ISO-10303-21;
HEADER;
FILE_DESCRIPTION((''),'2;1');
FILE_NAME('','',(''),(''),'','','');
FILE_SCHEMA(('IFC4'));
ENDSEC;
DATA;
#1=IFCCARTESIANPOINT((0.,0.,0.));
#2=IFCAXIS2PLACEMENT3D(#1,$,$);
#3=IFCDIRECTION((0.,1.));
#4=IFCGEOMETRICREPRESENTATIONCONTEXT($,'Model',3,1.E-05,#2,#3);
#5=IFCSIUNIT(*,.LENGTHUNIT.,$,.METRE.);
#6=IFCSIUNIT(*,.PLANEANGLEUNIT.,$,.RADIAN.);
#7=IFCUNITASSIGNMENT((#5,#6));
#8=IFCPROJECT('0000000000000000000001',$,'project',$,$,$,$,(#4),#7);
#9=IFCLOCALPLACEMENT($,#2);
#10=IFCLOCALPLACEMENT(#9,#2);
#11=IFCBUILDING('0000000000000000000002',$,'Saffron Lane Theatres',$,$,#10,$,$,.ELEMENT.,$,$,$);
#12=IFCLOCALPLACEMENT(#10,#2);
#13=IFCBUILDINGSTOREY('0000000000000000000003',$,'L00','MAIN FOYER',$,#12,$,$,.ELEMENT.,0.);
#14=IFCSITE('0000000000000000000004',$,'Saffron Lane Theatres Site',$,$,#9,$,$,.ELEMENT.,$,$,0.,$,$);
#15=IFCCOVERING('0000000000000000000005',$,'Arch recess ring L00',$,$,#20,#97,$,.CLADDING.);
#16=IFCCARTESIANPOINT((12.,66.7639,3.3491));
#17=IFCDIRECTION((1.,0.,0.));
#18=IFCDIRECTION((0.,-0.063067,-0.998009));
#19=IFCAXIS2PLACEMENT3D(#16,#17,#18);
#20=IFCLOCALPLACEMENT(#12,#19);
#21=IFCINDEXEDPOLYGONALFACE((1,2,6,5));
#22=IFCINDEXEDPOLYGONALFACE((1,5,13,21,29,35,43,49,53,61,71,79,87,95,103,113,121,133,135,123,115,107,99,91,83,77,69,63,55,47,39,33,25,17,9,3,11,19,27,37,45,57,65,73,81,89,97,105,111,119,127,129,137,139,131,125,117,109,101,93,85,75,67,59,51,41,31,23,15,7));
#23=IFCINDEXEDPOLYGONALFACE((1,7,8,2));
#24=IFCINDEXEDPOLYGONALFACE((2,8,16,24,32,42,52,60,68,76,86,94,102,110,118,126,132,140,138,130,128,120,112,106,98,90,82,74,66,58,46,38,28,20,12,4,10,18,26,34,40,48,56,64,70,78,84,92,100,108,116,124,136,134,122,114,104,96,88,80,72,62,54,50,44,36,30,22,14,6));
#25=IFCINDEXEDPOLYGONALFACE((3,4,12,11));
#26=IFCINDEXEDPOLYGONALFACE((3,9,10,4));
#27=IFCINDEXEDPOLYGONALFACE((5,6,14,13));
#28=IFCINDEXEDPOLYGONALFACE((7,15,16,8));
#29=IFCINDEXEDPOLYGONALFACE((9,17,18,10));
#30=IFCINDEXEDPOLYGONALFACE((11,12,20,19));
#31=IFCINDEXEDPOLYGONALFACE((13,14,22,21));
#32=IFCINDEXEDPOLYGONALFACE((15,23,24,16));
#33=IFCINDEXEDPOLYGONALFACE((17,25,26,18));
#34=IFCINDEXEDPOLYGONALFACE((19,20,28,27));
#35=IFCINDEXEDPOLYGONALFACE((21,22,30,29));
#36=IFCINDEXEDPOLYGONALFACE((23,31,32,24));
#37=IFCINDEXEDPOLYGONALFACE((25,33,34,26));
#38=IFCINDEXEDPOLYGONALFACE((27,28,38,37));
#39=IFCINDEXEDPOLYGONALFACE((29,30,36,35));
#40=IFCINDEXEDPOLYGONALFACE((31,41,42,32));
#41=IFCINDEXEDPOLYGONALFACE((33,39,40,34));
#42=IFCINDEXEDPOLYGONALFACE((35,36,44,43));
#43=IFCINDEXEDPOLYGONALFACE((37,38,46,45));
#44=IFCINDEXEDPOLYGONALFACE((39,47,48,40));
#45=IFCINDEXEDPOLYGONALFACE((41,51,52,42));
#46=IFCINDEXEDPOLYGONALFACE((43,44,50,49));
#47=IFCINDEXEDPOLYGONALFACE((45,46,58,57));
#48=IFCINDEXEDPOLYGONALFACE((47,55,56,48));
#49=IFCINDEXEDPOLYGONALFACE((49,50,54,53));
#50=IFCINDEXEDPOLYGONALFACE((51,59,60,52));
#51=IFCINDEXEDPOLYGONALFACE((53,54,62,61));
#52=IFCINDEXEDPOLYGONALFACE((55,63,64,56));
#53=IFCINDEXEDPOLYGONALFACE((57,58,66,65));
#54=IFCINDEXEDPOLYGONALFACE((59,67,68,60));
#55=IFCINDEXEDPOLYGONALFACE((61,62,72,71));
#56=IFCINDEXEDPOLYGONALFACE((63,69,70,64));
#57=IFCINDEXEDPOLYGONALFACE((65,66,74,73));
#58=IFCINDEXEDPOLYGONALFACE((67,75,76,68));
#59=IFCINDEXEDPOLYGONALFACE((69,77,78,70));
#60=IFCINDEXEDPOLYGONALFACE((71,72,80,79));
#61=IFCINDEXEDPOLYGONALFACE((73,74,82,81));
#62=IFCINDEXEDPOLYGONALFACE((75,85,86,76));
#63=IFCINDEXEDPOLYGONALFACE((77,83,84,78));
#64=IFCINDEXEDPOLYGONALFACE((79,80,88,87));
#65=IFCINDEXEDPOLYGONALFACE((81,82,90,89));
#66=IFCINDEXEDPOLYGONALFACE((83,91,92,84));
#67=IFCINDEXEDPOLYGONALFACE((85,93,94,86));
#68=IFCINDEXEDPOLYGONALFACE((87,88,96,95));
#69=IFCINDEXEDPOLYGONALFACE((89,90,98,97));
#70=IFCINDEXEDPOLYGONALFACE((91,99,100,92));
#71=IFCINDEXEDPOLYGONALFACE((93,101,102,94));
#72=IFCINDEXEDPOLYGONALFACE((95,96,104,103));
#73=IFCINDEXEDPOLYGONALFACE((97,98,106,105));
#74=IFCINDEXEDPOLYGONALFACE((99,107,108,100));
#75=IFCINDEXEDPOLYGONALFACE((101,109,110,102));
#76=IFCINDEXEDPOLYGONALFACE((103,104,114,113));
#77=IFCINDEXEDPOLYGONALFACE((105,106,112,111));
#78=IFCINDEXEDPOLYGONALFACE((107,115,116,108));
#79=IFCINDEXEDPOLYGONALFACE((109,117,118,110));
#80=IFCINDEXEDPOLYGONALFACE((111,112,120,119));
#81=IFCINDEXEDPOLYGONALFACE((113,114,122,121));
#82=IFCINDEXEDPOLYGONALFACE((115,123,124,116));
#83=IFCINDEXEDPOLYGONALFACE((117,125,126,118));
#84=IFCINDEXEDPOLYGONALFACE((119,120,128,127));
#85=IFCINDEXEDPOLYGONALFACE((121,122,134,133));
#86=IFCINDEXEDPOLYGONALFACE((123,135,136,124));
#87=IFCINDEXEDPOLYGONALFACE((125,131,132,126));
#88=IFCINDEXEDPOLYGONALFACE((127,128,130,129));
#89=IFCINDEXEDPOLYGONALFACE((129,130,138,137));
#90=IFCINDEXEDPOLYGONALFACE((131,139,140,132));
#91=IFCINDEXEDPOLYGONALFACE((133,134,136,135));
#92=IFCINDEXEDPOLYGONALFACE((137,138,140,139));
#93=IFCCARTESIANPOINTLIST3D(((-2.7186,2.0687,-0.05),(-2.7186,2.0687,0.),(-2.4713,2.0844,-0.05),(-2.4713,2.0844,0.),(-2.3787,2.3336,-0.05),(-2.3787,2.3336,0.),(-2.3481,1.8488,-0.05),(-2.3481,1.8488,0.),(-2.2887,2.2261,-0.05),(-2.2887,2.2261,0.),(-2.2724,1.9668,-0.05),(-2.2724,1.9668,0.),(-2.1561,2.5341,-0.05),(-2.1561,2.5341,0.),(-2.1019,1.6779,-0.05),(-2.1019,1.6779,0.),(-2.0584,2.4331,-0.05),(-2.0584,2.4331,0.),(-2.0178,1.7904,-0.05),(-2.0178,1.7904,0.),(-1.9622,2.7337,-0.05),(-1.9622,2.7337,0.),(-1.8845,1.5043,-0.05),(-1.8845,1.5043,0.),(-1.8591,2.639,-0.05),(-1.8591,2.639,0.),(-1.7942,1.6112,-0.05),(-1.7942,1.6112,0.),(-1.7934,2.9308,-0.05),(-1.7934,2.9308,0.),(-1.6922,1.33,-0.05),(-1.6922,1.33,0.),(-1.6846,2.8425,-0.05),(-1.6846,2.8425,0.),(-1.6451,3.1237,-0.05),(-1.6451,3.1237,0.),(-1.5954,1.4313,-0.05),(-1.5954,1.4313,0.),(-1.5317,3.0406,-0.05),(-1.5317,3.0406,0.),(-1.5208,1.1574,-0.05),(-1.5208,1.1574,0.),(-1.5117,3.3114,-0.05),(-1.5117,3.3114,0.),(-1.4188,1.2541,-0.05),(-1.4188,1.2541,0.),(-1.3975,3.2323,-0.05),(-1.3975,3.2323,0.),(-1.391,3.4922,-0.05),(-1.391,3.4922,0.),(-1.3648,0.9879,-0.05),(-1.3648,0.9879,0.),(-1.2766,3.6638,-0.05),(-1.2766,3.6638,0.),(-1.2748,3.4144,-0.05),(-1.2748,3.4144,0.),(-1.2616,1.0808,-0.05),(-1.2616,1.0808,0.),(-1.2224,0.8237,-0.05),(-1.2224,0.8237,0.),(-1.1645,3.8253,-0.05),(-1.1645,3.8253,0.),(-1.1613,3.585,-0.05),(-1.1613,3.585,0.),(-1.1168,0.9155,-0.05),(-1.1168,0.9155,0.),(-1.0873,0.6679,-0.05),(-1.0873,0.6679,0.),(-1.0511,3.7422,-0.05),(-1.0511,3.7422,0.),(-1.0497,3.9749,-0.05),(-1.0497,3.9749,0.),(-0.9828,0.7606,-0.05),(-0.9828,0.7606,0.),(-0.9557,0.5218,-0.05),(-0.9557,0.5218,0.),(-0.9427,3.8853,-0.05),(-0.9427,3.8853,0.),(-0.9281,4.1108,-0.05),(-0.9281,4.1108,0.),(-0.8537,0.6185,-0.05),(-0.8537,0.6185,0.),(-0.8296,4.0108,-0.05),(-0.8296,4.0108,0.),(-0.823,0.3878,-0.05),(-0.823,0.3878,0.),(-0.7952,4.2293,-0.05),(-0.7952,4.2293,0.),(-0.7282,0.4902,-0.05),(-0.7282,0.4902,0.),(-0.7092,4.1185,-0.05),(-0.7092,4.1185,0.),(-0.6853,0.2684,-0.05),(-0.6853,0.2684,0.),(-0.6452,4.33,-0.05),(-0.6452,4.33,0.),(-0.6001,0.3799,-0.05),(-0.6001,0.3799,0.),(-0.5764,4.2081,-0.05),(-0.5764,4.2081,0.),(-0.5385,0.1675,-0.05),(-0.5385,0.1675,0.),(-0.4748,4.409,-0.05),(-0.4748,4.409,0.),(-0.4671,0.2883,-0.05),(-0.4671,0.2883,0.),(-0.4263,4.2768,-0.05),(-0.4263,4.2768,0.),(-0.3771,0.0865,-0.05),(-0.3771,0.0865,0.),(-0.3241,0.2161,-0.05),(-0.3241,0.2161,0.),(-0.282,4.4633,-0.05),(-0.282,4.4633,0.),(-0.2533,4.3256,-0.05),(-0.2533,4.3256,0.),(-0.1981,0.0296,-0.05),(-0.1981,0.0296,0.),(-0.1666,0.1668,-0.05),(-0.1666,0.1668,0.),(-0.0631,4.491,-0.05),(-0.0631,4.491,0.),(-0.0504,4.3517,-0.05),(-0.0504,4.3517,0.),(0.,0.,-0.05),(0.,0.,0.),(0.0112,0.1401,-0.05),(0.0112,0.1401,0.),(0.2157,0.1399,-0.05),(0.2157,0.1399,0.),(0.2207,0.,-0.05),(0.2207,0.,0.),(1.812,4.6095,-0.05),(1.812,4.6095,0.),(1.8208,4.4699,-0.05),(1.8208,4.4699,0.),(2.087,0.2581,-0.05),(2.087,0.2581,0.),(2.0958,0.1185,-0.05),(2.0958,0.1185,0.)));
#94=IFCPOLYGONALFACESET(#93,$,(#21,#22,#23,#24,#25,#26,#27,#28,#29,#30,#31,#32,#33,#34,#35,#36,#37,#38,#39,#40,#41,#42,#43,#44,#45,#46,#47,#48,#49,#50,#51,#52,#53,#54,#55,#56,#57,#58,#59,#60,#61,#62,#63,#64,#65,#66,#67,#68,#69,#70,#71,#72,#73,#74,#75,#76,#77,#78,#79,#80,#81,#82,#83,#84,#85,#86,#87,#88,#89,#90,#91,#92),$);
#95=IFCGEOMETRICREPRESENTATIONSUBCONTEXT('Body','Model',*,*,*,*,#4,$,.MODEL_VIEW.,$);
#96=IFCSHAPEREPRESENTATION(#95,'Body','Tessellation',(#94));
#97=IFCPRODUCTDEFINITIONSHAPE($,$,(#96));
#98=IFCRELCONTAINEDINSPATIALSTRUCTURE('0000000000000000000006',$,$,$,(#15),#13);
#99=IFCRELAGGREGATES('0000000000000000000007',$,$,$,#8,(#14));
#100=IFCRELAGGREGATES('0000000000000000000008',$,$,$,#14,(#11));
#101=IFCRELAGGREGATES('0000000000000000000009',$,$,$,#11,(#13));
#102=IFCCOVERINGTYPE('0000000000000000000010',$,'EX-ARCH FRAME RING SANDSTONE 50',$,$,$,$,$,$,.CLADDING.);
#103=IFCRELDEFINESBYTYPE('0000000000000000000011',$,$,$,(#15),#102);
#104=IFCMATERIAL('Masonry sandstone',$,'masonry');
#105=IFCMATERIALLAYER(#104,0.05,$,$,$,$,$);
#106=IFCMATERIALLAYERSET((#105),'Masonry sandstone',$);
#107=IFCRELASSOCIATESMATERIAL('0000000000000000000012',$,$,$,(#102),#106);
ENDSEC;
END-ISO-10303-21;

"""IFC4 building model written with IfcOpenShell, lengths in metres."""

from ifc_helpers import new_model, si_unit, direction, frame, origin, place, context, subcontext, project, spatial, polyline, outline, extrude, material, layer, layer_set, type_object, element, save


model = new_model("IFC4")

# Units and contexts
model_context = context("Model", 3, precision=1e-05, world=origin(), true_north=direction((0.0, 1.0)))
body_context = subcontext(model_context, "Body", "Model", "MODEL_VIEW")
ifc_project = project(units=[si_unit("LENGTHUNIT", "METRE"), si_unit("PLANEANGLEUNIT", "RADIAN")], contexts=[model_context])

# Site, building, storey
site_placement = place(None, origin())
site = spatial("IfcSite", under=ifc_project, at=site_placement, Name="Saffron Lane Theatres Site", CompositionType="ELEMENT", RefElevation=0.0)
building_placement = place(site_placement, origin())
building = spatial("IfcBuilding", under=site, at=building_placement, Name="Saffron Lane Theatres", CompositionType="ELEMENT")
storey_placement = place(building_placement, origin())
storey = spatial("IfcBuildingStorey", under=building, at=storey_placement, Name="L00", Description="MAIN FOYER", CompositionType="ELEMENT", Elevation=0.0)

# Covering
ifc_material_1 = material(Name="Masonry sandstone", Category="masonry")
ifc_layer_1 = layer(ifc_material_1, 0.05)
ifc_layer_set_1 = layer_set([ifc_layer_1], Name="Masonry sandstone")
covering_type_1 = type_object("IfcCoveringType", Name="EX-ARCH FRAME RING SANDSTONE 50", PredefinedType="CLADDING", material=ifc_layer_set_1)
covering_1_placement = place(storey_placement, frame((12.0, 66.7639, 3.3491), z_axis=(1.0, 0.0, 0.0), x_axis=(0.0, -0.063067, -0.998009)))
element("IfcCovering", 1, at=covering_1_placement, inside=storey, type_object=covering_type_1, Name="Arch recess ring L00", PredefinedType="CLADDING", context=body_context, shape_type="SweptSolid", body=[
    extrude(outline(polyline([(0.0, 0.0), (0.2207, 0.0), (2.0958, 0.1185), (2.087, 0.2581), (0.2157, 0.1399), (0.0112, 0.1401), (-0.1666, 0.1668), (-0.3241, 0.2161), (-0.4671, 0.2883), (-0.6001, 0.3799), (-0.7282, 0.4902), (-0.8537, 0.6185), (-0.9828, 0.7606), (-1.1168, 0.9155), (-1.2616, 1.0808), (-1.4188, 1.2541), (-1.5954, 1.4313), (-1.7942, 1.6112), (-2.0178, 1.7904), (-2.2724, 1.9668), (-2.4713, 2.0844), (-2.2887, 2.2261), (-2.0584, 2.4331), (-1.8591, 2.639), (-1.6846, 2.8425), (-1.5317, 3.0406), (-1.3975, 3.2323), (-1.2748, 3.4144), (-1.1613, 3.585), (-1.0511, 3.7422), (-0.9427, 3.8853), (-0.8296, 4.0108), (-0.7092, 4.1185), (-0.5764, 4.2081), (-0.4263, 4.2768), (-0.2533, 4.3256), (-0.0504, 4.3517), (1.8208, 4.4699), (1.812, 4.6095), (-0.0631, 4.491), (-0.282, 4.4633), (-0.4748, 4.409), (-0.6452, 4.33), (-0.7952, 4.2293), (-0.9281, 4.1108), (-1.0497, 3.9749), (-1.1645, 3.8253), (-1.2766, 3.6638), (-1.391, 3.4922), (-1.5117, 3.3114), (-1.6451, 3.1237), (-1.7934, 2.9308), (-1.9622, 2.7337), (-2.1561, 2.5341), (-2.3787, 2.3336), (-2.7186, 2.0687), (-2.3481, 1.8488), (-2.1019, 1.6779), (-1.8845, 1.5043), (-1.6922, 1.33), (-1.5208, 1.1574), (-1.3648, 0.9879), (-1.2224, 0.8237), (-1.0873, 0.6679), (-0.9557, 0.5218), (-0.823, 0.3878), (-0.6853, 0.2684), (-0.5385, 0.1675), (-0.3771, 0.0865), (-0.1981, 0.0296), (0.0, 0.0)])), origin(), (0.0, 0.0, -1.0), 0.05),
])

save(model, "model.ifc")
